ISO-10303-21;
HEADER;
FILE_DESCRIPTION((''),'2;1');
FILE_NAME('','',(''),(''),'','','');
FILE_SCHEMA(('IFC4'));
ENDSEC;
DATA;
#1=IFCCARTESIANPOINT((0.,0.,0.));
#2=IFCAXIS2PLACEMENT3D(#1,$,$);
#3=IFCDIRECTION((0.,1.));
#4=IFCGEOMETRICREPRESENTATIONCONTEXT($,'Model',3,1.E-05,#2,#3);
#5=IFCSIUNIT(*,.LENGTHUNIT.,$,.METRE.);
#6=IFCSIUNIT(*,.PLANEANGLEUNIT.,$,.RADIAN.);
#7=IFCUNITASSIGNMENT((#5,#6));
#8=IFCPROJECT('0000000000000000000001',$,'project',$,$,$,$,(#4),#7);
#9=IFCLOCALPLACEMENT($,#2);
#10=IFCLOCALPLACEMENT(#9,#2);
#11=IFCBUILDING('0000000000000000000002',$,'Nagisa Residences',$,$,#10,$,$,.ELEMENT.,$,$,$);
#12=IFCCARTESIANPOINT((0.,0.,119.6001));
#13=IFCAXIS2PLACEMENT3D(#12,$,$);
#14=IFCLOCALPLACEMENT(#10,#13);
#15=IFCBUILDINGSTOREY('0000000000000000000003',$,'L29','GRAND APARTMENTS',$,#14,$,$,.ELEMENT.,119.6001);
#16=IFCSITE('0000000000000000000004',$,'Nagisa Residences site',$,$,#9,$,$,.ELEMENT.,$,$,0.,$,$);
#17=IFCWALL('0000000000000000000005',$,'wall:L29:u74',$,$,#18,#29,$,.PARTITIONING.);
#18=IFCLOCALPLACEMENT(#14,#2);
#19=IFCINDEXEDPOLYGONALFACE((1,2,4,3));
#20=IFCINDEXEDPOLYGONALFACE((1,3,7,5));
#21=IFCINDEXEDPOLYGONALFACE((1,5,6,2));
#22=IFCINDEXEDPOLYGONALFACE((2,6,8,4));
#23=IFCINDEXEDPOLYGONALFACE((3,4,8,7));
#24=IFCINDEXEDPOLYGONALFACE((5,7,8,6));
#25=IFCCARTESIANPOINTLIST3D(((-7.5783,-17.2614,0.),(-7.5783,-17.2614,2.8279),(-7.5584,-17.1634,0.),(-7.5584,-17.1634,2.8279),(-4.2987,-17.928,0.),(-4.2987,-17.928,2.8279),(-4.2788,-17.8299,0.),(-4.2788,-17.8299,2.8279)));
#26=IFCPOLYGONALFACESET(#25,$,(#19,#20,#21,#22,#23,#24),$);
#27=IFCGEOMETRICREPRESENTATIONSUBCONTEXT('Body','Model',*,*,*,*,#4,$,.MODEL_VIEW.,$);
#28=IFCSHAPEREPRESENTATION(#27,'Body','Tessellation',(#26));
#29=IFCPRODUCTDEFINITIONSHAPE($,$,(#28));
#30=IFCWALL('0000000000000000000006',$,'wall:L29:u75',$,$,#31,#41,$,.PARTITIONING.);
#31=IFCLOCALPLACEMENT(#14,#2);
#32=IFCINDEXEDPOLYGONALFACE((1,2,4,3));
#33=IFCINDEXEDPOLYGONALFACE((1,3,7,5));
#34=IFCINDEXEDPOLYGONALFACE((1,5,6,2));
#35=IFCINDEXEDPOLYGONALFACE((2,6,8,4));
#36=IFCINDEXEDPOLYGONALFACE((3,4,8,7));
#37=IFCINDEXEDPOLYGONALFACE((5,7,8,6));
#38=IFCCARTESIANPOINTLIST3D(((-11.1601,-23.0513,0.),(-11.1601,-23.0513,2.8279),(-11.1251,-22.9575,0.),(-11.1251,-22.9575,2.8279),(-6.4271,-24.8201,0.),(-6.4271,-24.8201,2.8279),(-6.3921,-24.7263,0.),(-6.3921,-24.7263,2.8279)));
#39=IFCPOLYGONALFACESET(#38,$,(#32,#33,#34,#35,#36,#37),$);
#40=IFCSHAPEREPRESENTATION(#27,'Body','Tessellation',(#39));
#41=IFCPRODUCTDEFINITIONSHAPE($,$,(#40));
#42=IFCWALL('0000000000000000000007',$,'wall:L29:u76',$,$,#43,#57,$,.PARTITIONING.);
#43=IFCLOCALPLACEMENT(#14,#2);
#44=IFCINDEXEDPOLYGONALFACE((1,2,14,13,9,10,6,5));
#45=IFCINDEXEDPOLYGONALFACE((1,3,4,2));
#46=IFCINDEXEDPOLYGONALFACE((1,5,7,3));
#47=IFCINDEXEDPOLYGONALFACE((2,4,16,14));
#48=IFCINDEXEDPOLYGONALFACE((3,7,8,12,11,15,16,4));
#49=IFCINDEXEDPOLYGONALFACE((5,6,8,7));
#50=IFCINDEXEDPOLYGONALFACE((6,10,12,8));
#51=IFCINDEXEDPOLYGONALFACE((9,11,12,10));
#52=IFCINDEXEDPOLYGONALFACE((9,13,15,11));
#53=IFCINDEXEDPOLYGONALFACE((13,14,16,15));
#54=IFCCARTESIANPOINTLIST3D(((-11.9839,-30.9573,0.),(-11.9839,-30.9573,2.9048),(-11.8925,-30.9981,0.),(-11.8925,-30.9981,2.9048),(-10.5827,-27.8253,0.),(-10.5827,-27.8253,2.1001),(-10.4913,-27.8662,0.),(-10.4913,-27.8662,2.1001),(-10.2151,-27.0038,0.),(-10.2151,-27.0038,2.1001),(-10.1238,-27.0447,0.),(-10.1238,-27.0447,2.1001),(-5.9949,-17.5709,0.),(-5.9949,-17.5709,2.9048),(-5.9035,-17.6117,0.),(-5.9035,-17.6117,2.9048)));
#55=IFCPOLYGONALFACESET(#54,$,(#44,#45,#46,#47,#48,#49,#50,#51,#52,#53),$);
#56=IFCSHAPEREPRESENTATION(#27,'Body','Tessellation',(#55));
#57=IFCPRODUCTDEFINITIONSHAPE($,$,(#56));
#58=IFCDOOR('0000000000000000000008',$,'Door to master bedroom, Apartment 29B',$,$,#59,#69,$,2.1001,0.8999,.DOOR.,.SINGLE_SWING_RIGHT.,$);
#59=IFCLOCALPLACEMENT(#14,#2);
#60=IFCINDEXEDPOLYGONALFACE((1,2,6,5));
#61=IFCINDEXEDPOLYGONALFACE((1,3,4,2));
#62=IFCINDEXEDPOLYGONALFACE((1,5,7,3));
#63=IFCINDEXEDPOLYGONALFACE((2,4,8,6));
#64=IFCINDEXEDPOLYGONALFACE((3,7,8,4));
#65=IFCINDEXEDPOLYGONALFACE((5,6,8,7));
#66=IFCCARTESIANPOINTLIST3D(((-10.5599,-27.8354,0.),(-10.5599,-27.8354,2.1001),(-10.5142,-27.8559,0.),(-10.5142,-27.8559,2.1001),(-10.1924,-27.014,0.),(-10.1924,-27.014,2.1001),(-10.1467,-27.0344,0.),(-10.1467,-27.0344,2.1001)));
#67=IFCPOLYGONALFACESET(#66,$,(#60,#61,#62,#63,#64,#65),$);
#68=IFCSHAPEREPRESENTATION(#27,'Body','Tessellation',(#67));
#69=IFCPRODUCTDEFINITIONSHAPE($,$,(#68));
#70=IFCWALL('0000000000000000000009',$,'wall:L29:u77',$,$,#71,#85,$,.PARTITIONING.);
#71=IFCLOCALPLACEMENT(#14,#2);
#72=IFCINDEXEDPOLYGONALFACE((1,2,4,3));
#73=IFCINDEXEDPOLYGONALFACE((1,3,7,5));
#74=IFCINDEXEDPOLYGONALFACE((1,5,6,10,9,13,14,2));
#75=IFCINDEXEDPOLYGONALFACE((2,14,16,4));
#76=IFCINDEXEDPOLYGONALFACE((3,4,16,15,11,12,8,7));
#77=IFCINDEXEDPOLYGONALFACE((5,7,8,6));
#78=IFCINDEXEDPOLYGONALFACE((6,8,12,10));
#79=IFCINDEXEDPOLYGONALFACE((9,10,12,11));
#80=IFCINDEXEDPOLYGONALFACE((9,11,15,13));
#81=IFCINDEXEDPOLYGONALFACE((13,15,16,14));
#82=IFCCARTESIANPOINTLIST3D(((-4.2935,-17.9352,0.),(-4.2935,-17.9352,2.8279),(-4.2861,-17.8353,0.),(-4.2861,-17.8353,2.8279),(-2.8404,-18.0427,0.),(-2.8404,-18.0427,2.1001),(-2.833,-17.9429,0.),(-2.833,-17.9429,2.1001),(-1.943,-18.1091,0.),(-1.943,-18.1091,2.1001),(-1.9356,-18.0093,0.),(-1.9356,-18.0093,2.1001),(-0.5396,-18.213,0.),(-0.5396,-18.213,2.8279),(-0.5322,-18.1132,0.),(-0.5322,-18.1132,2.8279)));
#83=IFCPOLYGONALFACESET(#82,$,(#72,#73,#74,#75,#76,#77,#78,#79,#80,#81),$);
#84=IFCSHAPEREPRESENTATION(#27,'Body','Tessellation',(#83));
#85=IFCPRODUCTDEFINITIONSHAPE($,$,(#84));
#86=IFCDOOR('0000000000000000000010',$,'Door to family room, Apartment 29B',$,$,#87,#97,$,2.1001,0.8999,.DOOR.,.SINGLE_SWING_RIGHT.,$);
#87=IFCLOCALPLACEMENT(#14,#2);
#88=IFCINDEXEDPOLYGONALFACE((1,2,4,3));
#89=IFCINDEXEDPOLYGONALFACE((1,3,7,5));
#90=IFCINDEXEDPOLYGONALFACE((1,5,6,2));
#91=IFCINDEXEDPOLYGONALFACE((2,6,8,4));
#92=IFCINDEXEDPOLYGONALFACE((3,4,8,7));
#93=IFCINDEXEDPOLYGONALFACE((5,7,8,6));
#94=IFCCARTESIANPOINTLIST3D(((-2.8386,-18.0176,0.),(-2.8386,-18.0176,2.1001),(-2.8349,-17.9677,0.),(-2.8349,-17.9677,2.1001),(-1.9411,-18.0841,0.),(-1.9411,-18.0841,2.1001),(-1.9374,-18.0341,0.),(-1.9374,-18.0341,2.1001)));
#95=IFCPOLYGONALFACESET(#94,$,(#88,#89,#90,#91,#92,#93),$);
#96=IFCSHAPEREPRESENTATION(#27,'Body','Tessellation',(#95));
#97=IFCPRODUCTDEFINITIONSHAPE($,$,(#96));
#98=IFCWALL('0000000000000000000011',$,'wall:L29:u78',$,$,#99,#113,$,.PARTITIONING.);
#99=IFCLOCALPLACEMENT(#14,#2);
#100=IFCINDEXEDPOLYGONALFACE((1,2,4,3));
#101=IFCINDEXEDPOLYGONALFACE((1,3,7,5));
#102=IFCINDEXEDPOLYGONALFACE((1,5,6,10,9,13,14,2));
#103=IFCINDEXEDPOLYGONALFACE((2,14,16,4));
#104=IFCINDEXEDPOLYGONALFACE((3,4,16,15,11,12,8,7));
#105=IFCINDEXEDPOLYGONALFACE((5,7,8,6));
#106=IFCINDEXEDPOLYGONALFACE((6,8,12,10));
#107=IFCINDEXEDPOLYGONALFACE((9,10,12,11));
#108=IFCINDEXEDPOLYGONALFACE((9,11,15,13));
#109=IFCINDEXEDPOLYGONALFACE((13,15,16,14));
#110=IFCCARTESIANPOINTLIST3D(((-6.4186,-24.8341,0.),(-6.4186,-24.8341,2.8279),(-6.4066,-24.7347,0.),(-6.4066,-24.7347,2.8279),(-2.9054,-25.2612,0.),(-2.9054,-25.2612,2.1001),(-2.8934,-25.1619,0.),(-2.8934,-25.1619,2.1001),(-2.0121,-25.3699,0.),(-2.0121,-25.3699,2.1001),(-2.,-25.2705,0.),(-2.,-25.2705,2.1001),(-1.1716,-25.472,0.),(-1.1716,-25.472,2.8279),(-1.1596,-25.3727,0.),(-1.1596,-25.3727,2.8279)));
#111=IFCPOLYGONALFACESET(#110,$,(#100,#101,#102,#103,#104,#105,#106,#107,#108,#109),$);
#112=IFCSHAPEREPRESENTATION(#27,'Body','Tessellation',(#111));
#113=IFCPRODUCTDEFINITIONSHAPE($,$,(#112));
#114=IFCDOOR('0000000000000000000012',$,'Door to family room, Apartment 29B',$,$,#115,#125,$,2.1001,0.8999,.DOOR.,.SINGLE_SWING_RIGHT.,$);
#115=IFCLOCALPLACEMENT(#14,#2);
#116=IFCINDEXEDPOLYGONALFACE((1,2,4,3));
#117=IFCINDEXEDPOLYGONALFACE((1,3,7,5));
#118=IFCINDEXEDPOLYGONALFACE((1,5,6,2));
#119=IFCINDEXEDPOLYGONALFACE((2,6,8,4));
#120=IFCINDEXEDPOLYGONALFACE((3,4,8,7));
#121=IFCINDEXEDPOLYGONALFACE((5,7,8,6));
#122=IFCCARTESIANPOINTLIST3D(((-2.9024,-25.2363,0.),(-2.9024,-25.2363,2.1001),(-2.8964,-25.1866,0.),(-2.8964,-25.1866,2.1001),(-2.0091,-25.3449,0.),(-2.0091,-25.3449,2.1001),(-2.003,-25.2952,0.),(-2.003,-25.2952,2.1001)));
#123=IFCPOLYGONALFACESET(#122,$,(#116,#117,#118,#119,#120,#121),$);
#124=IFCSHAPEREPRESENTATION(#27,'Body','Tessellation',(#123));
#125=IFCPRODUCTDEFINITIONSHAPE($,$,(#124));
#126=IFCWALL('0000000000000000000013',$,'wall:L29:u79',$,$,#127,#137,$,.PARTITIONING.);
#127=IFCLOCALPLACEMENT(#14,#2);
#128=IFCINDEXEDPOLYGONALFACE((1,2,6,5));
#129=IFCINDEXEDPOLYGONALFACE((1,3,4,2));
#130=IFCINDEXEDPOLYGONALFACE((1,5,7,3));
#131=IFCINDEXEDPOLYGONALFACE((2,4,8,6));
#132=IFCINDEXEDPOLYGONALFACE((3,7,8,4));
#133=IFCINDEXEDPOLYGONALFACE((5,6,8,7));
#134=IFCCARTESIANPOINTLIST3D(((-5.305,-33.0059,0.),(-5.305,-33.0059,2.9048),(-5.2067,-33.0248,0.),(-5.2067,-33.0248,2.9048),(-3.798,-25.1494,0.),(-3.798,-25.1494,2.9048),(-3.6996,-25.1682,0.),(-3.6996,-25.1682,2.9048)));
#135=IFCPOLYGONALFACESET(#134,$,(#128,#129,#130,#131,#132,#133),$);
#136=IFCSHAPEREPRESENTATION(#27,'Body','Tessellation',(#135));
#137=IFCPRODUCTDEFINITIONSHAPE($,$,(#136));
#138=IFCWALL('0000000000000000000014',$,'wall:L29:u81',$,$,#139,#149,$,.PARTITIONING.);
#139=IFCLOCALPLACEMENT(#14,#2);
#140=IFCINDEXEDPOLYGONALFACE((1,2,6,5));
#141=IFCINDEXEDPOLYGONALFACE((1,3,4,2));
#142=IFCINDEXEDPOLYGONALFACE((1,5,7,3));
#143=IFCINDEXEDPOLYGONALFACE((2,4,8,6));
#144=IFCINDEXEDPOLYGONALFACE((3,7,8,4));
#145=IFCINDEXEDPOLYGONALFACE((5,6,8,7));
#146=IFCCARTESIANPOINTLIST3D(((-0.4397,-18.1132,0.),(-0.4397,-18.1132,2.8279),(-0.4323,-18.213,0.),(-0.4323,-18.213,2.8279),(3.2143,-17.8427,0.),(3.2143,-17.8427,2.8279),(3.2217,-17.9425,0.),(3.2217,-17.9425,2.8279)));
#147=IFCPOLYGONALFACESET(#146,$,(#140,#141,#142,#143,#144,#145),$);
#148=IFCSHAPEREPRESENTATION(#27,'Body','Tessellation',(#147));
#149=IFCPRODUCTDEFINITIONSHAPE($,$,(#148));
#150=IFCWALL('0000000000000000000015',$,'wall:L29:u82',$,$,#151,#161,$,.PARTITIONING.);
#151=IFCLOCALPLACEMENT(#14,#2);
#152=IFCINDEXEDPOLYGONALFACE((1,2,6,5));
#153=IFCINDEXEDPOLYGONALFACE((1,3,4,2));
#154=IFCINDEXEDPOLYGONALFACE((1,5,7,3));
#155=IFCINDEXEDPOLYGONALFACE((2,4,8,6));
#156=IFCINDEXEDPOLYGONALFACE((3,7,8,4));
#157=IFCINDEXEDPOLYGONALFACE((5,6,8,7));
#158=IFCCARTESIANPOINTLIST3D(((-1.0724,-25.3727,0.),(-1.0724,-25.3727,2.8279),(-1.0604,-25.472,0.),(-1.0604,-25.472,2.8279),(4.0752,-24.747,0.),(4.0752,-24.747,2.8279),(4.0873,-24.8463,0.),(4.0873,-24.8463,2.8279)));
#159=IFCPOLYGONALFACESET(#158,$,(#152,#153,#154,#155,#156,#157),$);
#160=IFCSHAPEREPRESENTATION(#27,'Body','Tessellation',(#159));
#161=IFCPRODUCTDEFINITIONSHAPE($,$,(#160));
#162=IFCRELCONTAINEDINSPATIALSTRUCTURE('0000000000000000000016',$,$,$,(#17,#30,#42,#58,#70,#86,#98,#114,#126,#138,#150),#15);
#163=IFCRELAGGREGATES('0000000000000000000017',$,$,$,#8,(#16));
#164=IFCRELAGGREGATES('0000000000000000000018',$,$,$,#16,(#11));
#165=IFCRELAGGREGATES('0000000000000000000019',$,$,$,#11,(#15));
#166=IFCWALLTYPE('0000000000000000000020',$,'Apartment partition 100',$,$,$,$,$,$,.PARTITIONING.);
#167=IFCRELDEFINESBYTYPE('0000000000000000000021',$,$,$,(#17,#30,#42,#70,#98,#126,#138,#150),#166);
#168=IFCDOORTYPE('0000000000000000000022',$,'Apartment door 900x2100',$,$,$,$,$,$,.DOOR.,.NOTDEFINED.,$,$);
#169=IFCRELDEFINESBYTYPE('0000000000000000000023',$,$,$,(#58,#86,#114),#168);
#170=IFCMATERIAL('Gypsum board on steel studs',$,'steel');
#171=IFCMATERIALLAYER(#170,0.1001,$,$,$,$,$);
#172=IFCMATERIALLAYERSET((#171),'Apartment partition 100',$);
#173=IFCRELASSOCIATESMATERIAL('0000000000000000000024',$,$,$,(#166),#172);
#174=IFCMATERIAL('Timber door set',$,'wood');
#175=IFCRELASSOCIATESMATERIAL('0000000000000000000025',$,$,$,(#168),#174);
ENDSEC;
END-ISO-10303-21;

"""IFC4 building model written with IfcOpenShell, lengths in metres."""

from ifc_helpers import new_model, si_unit, direction, frame, frame_2d, origin, place, context, subcontext, project, spatial, rectangle, extrude, material, layer, layer_set, type_object, element, fill, save


model = new_model("IFC4")

# Units and contexts
model_context = context("Model", 3, precision=1e-05, world=origin(), true_north=direction((0.0, 1.0)))
body_context = subcontext(model_context, "Body", "Model", "MODEL_VIEW")
ifc_project = project(units=[si_unit("LENGTHUNIT", "METRE"), si_unit("PLANEANGLEUNIT", "RADIAN")], contexts=[model_context])

# Site, building, storey
site_placement = place(None, origin())
site = spatial("IfcSite", under=ifc_project, at=site_placement, Name="Nagisa Residences site", CompositionType="ELEMENT", RefElevation=0.0)
building_placement = place(site_placement, origin())
building = spatial("IfcBuilding", under=site, at=building_placement, Name="Nagisa Residences", CompositionType="ELEMENT")
storey_placement = place(building_placement, frame((0.0, 0.0, 119.6001)))
storey = spatial("IfcBuildingStorey", under=building, at=storey_placement, Name="L29", Description="GRAND APARTMENTS", CompositionType="ELEMENT", Elevation=119.6001)

# Walls
ifc_material_1 = material(Name="Gypsum board on steel studs", Category="steel")
ifc_layer_1 = layer(ifc_material_1, 0.1001)
ifc_layer_set_1 = layer_set([ifc_layer_1], Name="Apartment partition 100")
wall_type_1 = type_object("IfcWallType", Name="Apartment partition 100", PredefinedType="PARTITIONING", material=ifc_layer_set_1)
wall_1_placement = place(storey_placement, frame((-7.5684, -17.2124, 0.0), z_axis=(0.0, 0.0, 1.0), x_axis=(0.979967, -0.19916, 0.0)))
element("IfcWall", 1, at=wall_1_placement, inside=storey, type_object=wall_type_1, Name="wall:L29:u74", PredefinedType="PARTITIONING", context=body_context, shape_type="SweptSolid", body=[
    extrude(rectangle(XDim=3.3467, YDim=0.1001, at=frame_2d((1.6733, 0.0))), origin(), (0.0, 0.0, 1.0), 2.8279),
])
wall_2_placement = place(storey_placement, frame((-11.1426, -23.0044, 0.0), z_axis=(0.0, 0.0, 1.0), x_axis=(0.936722, -0.350075, 0.0)))
element("IfcWall", 2, at=wall_2_placement, inside=storey, type_object=wall_type_1, Name="wall:L29:u75", PredefinedType="PARTITIONING", context=body_context, shape_type="SweptSolid", body=[
    extrude(rectangle(XDim=5.0527, YDim=0.1001, at=frame_2d((2.5264, 0.0))), origin(), (0.0, 0.0, 1.0), 2.8279),
])

# Walls, openings, doors
wall_3_placement = place(storey_placement, frame((-5.9492, -17.5913, 0.0), z_axis=(0.0, 0.0, 1.0), x_axis=(-0.408385, -0.91281, 0.0)))
wall_3 = element("IfcWall", 3, at=wall_3_placement, inside=storey, type_object=wall_type_1, Name="wall:L29:u76", PredefinedType="PARTITIONING", context=body_context, shape_type="SweptSolid", body=[
    extrude(rectangle(XDim=14.665, YDim=0.1001, at=frame_2d((7.3325, 0.0))), origin(), (0.0, 0.0, 1.0), 2.9048),
])
opening_1_placement = place(wall_3_placement, frame((10.334, 0.0, 0.0)))
opening_1 = element("IfcOpeningElement", 4, at=opening_1_placement, cuts=wall_3, PredefinedType="OPENING", context=body_context, shape_type="SweptSolid", body=[
    extrude(rectangle(XDim=0.8999, YDim=2.1001, at=frame_2d((0.45, 1.05))), frame((0.0, 0.0601, 0.0), z_axis=(0.0, -1.0, 0.0), x_axis=(1.0, 0.0, 0.0)), (0.0, 0.0, 1.0), 0.1201),
])
ifc_material_2 = material(Name="Timber door set", Category="wood")
door_type_1 = type_object("IfcDoorType", Name="Apartment door 900x2100", OperationType="NOTDEFINED", PredefinedType="DOOR", material=ifc_material_2)
door_1_placement = place(opening_1_placement, origin())
door_1 = element("IfcDoor", 5, at=door_1_placement, inside=storey, type_object=door_type_1, Name="Door to master bedroom, Apartment 29B", OperationType="SINGLE_SWING_RIGHT", OverallHeight=2.1001, OverallWidth=0.8999, PredefinedType="DOOR", context=body_context, shape_type="SweptSolid", body=[
    extrude(rectangle(XDim=0.8999, YDim=2.1001, at=frame_2d((0.45, 1.05))), frame((0.0, 0.0249, 0.0), z_axis=(0.0, -1.0, 0.0), x_axis=(1.0, 0.0, 0.0)), (0.0, 0.0, 1.0), 0.05),
])
fill(opening_1, door_1)
wall_4_placement = place(storey_placement, frame((-4.2898, -17.8853, 0.0), z_axis=(0.0, 0.0, 1.0), x_axis=(0.997272, -0.07381, 0.0)))
wall_4 = element("IfcWall", 6, at=wall_4_placement, inside=storey, type_object=wall_type_1, Name="wall:L29:u77", PredefinedType="PARTITIONING", context=body_context, shape_type="SweptSolid", body=[
    extrude(rectangle(XDim=3.7642, YDim=0.1001, at=frame_2d((1.8821, 0.0))), origin(), (0.0, 0.0, 1.0), 2.8279),
])
opening_2_placement = place(wall_4_placement, frame((1.457, 0.0, 0.0)))
opening_2 = element("IfcOpeningElement", 7, at=opening_2_placement, cuts=wall_4, PredefinedType="OPENING", context=body_context, shape_type="SweptSolid", body=[
    extrude(rectangle(XDim=0.8999, YDim=2.1001, at=frame_2d((0.45, 1.05))), frame((0.0, 0.0601, 0.0), z_axis=(0.0, -1.0, 0.0), x_axis=(1.0, 0.0, 0.0)), (0.0, 0.0, 1.0), 0.1201),
])
door_2_placement = place(opening_2_placement, frame((0.8999, 0.0, 0.0), x_axis=(-1.0, 0.0, 0.0)))
door_2 = element("IfcDoor", 8, at=door_2_placement, inside=storey, type_object=door_type_1, Name="Door to family room, Apartment 29B", OperationType="SINGLE_SWING_RIGHT", OverallHeight=2.1001, OverallWidth=0.8999, PredefinedType="DOOR", context=body_context, shape_type="SweptSolid", body=[
    extrude(rectangle(XDim=0.8999, YDim=2.1001, at=frame_2d((0.45, 1.05))), frame((0.0, 0.0249, 0.0), z_axis=(0.0, -1.0, 0.0), x_axis=(1.0, 0.0, 0.0)), (0.0, 0.0, 1.0), 0.05),
])
fill(opening_2, door_2)
wall_5_placement = place(storey_placement, frame((-6.4126, -24.7844, 0.0), z_axis=(0.0, 0.0, 1.0), x_axis=(0.99269, -0.120691, 0.0)))
wall_5 = element("IfcWall", 9, at=wall_5_placement, inside=storey, type_object=wall_type_1, Name="wall:L29:u78", PredefinedType="PARTITIONING", context=body_context, shape_type="SweptSolid", body=[
    extrude(rectangle(XDim=5.2856, YDim=0.1001, at=frame_2d((2.6428, 0.0))), origin(), (0.0, 0.0, 1.0), 2.8279),
])
opening_3_placement = place(wall_5_placement, frame((3.5391, 0.0, 0.0)))
opening_3 = element("IfcOpeningElement", 10, at=opening_3_placement, cuts=wall_5, PredefinedType="OPENING", context=body_context, shape_type="SweptSolid", body=[
    extrude(rectangle(XDim=0.8999, YDim=2.1001, at=frame_2d((0.45, 1.05))), frame((0.0, 0.0601, 0.0), z_axis=(0.0, -1.0, 0.0), x_axis=(1.0, 0.0, 0.0)), (0.0, 0.0, 1.0), 0.1201),
])
door_3_placement = place(opening_3_placement, frame((0.8999, 0.0, 0.0), x_axis=(-1.0, 0.0, 0.0)))
door_3 = element("IfcDoor", 11, at=door_3_placement, inside=storey, type_object=door_type_1, Name="Door to family room, Apartment 29B", OperationType="SINGLE_SWING_RIGHT", OverallHeight=2.1001, OverallWidth=0.8999, PredefinedType="DOOR", context=body_context, shape_type="SweptSolid", body=[
    extrude(rectangle(XDim=0.8999, YDim=2.1001, at=frame_2d((0.45, 1.05))), frame((0.0, 0.0249, 0.0), z_axis=(0.0, -1.0, 0.0), x_axis=(1.0, 0.0, 0.0)), (0.0, 0.0, 1.0), 0.05),
])
fill(opening_3, door_3)

# Walls
wall_6_placement = place(storey_placement, frame((-3.7488, -25.1587, 0.0), z_axis=(0.0, 0.0, 1.0), x_axis=(-0.188392, -0.982094, 0.0)))
element("IfcWall", 12, at=wall_6_placement, inside=storey, type_object=wall_type_1, Name="wall:L29:u79", PredefinedType="PARTITIONING", context=body_context, shape_type="SweptSolid", body=[
    extrude(rectangle(XDim=7.9998, YDim=0.1001, at=frame_2d((4.0, 0.0))), origin(), (0.0, 0.0, 1.0), 2.9048),
])
wall_7_placement = place(storey_placement, frame((-0.436, -18.1631, 0.0), z_axis=(0.0, 0.0, 1.0), x_axis=(0.997271, 0.073828, 0.0)))
element("IfcWall", 13, at=wall_7_placement, inside=storey, type_object=wall_type_1, Name="wall:L29:u81", PredefinedType="PARTITIONING", context=body_context, shape_type="SweptSolid", body=[
    extrude(rectangle(XDim=3.6641, YDim=0.1001, at=frame_2d((1.832, 0.0))), origin(), (0.0, 0.0, 1.0), 2.8279),
])
wall_8_placement = place(storey_placement, frame((-1.0664, -25.4224, 0.0), z_axis=(0.0, 0.0, 1.0), x_axis=(0.992693, 0.120667, 0.0)))
element("IfcWall", 14, at=wall_8_placement, inside=storey, type_object=wall_type_1, Name="wall:L29:u82", PredefinedType="PARTITIONING", context=body_context, shape_type="SweptSolid", body=[
    extrude(rectangle(XDim=5.1855, YDim=0.1001, at=frame_2d((2.5928, 0.0))), origin(), (0.0, 0.0, 1.0), 2.8279),
])

save(model, "model.ifc")
